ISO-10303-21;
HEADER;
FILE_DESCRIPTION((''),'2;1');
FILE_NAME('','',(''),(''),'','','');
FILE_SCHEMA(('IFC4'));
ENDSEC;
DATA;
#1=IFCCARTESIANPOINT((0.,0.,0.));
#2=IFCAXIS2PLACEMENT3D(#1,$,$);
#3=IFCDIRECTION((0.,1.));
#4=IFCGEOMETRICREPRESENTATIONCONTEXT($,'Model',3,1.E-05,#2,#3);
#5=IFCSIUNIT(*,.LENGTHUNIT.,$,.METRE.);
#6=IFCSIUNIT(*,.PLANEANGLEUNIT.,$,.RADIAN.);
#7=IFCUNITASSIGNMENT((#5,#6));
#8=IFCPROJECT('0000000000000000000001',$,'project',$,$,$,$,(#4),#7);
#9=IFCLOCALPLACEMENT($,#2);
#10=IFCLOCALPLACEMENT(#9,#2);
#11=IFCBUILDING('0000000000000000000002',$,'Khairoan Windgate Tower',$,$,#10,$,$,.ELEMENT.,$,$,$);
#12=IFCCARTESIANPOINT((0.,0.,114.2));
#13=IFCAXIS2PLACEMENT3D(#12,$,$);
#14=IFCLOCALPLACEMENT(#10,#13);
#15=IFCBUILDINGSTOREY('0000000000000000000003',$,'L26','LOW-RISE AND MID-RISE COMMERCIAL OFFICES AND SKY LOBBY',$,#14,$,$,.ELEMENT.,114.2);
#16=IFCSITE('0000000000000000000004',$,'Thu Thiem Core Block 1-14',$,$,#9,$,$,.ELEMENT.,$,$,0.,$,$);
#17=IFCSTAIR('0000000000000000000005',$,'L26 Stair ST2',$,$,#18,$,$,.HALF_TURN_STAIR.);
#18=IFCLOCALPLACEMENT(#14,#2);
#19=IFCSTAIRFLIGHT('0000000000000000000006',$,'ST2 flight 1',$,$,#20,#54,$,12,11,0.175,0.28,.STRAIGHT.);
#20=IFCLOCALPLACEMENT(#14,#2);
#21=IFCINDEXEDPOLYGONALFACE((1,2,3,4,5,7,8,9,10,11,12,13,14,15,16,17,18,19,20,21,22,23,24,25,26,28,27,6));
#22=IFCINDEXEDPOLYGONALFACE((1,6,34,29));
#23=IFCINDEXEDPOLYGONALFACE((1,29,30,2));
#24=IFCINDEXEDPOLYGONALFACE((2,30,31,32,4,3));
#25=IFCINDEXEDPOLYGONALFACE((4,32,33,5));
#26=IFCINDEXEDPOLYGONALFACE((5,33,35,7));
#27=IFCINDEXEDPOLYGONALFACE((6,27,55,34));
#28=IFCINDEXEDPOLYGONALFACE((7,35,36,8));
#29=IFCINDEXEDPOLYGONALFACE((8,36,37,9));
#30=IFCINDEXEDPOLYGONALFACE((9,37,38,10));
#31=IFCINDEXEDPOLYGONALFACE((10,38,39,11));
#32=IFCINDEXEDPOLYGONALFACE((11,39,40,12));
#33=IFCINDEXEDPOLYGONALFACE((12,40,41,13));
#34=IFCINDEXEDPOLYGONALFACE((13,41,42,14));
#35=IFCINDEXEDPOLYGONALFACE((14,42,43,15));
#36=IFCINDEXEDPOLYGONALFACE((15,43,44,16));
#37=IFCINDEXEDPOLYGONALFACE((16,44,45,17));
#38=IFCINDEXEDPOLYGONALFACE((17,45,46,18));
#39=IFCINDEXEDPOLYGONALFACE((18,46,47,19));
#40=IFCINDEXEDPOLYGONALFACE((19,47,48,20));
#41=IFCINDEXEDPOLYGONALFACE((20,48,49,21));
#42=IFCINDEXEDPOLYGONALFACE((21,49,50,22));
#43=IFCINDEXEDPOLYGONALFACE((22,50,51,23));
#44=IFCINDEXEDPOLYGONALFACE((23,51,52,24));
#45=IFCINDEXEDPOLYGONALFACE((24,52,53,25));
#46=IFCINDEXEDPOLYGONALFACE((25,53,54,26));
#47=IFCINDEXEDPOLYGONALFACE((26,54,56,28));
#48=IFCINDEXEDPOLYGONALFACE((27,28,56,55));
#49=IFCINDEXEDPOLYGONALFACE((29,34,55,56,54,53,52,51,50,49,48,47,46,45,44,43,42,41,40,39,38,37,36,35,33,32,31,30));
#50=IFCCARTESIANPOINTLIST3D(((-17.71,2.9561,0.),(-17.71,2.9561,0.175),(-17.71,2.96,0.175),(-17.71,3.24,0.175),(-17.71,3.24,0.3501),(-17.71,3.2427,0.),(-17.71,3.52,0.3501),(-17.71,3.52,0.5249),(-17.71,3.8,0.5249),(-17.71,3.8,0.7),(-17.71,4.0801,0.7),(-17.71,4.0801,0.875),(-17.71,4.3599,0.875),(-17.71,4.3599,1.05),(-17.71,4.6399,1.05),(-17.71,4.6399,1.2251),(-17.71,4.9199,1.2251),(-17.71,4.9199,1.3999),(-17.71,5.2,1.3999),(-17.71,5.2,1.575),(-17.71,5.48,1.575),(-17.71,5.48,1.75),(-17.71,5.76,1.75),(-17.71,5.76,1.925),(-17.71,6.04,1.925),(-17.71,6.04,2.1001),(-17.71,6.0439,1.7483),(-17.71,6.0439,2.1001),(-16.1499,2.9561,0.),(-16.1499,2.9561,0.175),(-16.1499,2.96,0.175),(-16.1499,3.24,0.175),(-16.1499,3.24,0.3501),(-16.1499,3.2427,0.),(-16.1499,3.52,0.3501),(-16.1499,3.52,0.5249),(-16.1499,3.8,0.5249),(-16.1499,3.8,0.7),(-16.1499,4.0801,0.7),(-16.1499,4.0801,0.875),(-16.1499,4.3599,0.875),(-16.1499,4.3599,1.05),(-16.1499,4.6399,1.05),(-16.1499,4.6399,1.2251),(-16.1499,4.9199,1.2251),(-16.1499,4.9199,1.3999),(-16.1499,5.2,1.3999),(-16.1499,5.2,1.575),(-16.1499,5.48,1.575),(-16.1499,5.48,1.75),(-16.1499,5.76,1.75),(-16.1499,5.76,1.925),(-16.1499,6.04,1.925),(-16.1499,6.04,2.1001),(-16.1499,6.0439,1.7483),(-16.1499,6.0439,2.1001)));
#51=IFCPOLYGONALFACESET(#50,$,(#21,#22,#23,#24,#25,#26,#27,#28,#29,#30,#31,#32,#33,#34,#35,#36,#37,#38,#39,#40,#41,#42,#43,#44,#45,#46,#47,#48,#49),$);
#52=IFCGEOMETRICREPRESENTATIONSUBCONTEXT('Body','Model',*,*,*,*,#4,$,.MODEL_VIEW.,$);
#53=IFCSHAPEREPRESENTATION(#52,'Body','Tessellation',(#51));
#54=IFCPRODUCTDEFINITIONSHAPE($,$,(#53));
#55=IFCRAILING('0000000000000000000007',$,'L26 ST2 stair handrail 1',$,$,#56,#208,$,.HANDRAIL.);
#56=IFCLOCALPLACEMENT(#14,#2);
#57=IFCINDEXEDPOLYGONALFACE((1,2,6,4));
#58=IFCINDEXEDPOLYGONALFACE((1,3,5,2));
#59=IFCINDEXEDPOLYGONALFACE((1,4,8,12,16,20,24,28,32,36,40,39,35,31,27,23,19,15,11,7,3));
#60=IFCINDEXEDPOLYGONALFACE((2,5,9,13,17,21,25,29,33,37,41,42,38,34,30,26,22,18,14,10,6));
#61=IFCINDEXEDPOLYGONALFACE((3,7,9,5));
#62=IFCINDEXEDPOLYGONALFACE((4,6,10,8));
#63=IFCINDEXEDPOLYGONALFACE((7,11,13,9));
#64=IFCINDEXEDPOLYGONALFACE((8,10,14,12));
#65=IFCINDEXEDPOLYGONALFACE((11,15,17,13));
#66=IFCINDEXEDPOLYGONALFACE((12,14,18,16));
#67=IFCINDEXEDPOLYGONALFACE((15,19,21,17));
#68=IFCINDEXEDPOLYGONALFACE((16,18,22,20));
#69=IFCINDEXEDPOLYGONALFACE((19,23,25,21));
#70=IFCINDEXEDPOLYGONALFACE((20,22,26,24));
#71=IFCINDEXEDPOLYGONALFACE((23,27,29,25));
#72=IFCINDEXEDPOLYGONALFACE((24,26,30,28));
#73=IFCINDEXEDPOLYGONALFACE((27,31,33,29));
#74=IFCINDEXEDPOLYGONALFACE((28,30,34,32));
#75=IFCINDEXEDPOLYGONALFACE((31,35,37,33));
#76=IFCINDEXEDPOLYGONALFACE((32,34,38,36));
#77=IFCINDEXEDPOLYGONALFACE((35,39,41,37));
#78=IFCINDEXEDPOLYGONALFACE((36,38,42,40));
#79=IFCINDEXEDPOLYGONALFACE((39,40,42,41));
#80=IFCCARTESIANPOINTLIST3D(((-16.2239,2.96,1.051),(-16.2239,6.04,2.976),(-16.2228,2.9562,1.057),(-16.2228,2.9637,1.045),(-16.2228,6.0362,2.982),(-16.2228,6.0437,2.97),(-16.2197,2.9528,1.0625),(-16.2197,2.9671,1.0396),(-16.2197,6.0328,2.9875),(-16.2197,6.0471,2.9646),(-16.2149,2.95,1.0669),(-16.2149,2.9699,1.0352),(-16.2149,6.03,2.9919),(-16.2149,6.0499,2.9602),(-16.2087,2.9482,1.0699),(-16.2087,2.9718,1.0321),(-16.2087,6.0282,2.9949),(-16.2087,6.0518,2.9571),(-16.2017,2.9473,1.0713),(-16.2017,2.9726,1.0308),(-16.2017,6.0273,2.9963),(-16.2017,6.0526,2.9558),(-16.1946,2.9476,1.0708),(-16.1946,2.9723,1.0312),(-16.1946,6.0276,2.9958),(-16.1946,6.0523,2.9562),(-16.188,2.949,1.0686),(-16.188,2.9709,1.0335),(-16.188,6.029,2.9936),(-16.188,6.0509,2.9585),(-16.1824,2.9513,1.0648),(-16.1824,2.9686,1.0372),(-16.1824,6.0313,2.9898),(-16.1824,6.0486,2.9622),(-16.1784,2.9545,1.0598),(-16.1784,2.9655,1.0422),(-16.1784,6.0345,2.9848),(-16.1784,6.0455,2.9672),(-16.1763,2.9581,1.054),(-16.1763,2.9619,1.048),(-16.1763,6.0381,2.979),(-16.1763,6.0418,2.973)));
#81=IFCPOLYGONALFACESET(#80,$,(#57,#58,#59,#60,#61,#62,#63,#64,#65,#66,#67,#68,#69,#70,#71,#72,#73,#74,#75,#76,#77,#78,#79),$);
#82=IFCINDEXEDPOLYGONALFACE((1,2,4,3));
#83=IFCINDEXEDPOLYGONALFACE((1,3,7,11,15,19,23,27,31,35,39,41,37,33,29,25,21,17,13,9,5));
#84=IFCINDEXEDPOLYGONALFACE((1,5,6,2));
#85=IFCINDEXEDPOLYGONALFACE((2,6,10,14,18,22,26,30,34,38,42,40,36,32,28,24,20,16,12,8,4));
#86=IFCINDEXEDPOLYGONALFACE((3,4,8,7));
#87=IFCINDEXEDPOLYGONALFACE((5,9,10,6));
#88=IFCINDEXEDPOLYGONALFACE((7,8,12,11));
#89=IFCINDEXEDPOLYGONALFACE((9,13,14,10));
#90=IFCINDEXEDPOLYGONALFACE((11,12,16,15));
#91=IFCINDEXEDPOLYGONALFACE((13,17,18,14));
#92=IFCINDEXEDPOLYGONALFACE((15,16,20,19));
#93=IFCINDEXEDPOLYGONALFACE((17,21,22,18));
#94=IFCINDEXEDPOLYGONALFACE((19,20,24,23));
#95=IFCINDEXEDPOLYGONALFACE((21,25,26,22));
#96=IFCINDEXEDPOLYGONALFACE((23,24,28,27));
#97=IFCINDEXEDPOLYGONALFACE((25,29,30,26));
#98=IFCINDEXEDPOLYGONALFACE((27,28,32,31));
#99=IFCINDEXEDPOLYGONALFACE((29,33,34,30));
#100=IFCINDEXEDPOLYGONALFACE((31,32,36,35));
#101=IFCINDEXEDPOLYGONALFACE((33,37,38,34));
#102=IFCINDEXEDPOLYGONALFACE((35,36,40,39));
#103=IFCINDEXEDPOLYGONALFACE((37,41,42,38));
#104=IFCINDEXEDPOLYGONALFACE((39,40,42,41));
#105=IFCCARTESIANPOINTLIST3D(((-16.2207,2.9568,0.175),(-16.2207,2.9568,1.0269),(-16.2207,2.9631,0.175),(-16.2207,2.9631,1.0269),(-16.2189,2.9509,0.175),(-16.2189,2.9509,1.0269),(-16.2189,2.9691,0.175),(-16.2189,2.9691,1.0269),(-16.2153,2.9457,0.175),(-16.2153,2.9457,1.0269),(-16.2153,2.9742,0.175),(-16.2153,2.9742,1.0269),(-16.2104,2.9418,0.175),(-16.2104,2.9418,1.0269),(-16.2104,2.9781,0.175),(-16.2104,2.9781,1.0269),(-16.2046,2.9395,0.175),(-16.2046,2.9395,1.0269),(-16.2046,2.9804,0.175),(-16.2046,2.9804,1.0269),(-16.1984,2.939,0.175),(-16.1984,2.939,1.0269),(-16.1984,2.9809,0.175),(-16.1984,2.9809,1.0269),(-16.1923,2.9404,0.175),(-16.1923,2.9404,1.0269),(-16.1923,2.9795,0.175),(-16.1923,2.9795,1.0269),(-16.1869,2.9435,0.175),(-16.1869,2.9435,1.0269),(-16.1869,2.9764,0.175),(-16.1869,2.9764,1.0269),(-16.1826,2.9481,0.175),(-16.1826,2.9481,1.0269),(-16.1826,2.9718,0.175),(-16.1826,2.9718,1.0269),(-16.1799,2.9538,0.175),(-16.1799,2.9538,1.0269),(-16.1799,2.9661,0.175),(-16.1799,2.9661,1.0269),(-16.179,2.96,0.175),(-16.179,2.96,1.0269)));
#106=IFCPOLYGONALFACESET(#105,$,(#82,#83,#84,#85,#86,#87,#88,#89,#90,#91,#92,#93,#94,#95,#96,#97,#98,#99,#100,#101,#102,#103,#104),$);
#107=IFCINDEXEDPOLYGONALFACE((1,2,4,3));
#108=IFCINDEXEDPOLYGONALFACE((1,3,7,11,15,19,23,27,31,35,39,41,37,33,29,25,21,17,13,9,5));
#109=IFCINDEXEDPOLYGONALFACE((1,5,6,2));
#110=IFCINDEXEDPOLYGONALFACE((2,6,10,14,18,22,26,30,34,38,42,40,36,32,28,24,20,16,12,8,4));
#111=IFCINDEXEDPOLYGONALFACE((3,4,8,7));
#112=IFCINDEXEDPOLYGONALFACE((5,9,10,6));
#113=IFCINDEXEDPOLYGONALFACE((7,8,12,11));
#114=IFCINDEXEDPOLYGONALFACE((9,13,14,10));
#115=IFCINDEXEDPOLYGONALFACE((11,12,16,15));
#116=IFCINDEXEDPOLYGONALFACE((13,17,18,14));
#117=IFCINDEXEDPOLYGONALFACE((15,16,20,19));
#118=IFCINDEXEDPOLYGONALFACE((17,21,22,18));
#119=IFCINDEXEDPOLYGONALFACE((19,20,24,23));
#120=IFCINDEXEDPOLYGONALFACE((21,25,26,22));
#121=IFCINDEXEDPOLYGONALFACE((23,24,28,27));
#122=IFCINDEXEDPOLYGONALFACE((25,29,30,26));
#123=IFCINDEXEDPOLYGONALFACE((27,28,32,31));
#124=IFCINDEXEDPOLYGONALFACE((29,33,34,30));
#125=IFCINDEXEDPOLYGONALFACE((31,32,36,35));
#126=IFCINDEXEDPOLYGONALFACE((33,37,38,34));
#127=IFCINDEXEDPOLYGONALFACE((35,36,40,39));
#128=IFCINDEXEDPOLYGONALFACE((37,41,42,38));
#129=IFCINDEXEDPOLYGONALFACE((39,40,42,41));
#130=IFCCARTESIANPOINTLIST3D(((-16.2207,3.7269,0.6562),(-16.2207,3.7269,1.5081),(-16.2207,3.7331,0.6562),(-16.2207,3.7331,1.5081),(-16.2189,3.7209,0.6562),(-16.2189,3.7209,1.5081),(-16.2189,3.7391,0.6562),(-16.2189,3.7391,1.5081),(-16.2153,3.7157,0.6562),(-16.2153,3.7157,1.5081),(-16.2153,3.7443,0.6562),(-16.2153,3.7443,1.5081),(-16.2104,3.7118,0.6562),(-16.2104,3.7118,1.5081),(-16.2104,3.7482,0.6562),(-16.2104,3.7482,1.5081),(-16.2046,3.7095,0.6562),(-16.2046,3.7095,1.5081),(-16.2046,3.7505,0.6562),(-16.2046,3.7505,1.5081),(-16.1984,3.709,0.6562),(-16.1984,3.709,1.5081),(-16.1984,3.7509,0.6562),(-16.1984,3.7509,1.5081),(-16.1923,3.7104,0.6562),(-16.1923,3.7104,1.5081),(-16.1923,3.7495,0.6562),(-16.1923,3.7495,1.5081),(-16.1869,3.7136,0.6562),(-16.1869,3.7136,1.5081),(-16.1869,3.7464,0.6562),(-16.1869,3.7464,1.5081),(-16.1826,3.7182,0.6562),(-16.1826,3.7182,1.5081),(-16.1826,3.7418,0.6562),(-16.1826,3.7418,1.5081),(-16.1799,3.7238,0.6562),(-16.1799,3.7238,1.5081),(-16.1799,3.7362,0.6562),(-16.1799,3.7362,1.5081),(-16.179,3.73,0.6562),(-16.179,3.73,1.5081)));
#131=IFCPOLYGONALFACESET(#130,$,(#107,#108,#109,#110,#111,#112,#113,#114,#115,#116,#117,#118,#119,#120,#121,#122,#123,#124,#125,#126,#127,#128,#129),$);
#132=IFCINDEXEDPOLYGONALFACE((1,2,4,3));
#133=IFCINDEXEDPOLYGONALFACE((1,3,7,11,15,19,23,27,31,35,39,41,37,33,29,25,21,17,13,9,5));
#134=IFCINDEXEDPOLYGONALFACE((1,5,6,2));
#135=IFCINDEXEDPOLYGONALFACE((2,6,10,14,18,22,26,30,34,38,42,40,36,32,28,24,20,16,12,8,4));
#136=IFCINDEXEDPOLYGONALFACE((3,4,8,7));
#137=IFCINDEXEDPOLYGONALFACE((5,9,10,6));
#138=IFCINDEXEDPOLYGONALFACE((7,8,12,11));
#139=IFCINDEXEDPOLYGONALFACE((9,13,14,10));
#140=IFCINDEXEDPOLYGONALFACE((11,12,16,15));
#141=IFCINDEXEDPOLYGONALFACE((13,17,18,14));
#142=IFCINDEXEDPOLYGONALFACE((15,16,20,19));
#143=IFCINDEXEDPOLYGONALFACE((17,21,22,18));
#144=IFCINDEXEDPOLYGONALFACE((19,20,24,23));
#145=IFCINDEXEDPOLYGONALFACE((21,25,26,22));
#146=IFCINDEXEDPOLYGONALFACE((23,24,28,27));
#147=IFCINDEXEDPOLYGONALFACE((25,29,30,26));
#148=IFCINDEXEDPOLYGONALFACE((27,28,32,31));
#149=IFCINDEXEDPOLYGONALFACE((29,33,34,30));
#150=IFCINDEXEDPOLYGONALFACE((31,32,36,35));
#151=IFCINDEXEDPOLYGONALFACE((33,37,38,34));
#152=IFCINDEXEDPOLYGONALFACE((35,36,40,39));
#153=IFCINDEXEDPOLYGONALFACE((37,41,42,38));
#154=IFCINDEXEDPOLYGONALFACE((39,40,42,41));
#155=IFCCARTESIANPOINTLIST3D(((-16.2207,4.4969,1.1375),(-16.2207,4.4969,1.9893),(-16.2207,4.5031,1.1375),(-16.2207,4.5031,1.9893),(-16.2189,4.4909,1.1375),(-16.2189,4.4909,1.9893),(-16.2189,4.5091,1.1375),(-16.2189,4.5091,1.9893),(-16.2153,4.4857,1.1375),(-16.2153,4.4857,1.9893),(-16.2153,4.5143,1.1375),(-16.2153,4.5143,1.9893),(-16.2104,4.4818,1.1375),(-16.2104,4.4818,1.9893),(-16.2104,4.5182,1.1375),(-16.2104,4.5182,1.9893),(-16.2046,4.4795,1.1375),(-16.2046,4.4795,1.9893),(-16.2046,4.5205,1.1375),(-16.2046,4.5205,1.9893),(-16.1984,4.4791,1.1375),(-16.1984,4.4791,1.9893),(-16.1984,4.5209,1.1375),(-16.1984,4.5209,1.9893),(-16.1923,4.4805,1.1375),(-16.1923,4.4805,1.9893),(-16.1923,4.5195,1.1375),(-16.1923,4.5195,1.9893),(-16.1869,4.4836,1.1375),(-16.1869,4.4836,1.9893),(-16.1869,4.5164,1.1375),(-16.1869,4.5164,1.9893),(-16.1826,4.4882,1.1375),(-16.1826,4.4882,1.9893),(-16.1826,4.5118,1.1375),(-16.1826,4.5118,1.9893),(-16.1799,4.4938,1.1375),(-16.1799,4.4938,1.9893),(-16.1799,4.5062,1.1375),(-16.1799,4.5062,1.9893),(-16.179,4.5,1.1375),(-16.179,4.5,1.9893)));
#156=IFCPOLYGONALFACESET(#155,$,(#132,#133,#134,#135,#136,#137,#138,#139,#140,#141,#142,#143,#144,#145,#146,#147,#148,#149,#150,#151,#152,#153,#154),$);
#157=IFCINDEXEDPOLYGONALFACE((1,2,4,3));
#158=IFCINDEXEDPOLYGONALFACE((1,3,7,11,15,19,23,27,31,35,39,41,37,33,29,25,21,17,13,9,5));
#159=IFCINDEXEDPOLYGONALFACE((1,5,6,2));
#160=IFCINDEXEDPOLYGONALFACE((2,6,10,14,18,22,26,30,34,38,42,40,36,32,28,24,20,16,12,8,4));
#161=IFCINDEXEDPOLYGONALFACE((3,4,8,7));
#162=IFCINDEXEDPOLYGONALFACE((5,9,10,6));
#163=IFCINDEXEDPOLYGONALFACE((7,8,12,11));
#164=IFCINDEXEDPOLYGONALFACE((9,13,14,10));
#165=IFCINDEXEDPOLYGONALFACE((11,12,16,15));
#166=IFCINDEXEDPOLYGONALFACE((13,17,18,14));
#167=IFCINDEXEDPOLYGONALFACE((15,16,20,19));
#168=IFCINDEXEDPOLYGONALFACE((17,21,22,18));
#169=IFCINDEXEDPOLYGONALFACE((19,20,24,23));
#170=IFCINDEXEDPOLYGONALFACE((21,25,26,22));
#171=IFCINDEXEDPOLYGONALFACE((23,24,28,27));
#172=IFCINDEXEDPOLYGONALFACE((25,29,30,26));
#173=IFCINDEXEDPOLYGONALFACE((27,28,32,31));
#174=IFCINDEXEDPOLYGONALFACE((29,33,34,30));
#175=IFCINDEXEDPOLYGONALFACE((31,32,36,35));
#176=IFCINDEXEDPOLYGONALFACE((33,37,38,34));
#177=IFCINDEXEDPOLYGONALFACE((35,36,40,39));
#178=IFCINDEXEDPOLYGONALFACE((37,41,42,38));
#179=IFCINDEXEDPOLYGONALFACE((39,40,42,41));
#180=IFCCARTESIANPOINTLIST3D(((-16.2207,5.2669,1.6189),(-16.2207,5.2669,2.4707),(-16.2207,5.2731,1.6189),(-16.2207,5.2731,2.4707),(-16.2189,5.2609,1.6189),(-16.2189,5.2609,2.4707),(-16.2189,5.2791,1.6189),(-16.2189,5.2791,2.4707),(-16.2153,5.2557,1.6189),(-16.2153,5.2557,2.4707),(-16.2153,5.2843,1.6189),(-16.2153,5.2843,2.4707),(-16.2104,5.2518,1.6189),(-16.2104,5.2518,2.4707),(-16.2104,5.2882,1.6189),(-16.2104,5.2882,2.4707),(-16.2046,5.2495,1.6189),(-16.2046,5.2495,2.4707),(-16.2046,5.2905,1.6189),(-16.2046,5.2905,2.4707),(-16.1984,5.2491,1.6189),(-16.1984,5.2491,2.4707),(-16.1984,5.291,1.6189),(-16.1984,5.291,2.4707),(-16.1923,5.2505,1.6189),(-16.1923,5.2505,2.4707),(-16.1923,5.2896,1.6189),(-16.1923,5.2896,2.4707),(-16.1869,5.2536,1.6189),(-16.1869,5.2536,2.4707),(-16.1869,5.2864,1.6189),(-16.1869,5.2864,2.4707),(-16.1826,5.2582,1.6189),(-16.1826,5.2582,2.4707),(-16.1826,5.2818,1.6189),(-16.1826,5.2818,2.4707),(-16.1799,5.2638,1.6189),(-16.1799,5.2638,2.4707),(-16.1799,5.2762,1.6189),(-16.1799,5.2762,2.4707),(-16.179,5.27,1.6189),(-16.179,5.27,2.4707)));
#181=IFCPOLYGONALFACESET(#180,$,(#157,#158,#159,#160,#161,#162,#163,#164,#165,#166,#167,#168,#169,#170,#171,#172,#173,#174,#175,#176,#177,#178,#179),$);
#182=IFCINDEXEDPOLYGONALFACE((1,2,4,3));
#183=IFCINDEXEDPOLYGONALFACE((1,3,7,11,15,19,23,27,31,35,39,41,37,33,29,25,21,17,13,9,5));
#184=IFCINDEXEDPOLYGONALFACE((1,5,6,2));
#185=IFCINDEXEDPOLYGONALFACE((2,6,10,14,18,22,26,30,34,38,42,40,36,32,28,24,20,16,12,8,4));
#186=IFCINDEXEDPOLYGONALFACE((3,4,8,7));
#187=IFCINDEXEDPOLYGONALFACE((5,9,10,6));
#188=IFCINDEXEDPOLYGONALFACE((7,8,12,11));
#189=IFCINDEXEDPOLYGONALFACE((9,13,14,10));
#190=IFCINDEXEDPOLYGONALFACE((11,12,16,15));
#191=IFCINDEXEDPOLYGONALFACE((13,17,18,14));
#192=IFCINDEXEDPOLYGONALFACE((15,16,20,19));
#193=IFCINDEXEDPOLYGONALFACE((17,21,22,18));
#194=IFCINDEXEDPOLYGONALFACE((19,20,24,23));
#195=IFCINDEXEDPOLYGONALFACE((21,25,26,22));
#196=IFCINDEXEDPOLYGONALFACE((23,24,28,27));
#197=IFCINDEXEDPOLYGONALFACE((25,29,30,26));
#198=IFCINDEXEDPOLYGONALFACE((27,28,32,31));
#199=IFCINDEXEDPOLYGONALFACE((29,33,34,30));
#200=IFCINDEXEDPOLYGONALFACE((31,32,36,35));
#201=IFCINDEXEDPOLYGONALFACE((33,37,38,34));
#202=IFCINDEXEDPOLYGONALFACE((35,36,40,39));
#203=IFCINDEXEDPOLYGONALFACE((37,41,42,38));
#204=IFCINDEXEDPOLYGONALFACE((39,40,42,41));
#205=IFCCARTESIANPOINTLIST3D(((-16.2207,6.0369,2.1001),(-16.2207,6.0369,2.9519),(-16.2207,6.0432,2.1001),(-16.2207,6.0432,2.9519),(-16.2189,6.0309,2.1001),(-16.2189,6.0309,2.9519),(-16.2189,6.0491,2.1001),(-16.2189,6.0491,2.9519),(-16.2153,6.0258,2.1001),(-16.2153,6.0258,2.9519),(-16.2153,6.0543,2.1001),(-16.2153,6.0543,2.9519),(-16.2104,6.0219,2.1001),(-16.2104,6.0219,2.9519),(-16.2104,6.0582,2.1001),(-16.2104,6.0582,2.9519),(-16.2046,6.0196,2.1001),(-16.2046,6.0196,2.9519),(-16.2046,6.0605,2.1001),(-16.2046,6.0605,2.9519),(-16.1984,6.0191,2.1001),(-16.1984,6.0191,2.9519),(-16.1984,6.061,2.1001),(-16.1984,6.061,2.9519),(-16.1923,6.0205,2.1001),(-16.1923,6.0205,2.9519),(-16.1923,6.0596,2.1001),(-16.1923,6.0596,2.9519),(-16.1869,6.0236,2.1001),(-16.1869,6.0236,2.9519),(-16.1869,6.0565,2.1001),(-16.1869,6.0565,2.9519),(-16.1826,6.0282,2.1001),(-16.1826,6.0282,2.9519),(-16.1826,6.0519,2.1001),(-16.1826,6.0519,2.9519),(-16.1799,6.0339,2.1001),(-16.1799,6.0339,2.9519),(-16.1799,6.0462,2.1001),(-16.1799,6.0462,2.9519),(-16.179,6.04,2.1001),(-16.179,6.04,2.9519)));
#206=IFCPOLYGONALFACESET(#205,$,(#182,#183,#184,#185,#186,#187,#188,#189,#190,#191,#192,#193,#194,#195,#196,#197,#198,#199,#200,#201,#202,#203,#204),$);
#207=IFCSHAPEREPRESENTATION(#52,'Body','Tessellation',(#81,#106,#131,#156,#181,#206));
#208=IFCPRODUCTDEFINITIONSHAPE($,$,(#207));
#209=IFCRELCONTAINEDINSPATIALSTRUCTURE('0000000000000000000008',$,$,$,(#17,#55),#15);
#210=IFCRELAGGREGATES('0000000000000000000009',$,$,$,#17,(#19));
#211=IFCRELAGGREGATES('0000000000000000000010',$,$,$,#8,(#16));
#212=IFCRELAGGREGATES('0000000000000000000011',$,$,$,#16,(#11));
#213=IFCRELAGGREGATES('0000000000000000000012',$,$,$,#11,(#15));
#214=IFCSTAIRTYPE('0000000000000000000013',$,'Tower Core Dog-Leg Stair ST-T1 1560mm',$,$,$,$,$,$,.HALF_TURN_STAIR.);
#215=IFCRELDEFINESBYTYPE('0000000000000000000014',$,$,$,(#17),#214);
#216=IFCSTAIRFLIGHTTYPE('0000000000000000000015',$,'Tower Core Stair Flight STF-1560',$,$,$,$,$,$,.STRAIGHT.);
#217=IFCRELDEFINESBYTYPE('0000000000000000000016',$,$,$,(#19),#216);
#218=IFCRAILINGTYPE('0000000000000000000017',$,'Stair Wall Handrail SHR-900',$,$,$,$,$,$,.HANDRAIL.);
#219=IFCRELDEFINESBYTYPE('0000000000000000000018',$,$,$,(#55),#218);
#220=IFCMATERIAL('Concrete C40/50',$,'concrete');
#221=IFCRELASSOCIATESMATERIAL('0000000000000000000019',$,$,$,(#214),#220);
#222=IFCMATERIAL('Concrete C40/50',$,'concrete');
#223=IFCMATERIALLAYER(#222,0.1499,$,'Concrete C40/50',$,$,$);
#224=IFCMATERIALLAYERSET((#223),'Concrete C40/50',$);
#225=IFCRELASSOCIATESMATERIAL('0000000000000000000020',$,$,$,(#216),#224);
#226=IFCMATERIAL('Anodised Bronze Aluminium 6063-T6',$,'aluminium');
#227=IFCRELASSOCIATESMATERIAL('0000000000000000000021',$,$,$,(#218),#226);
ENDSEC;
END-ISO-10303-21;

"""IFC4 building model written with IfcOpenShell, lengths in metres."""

from ifc_helpers import new_model, si_unit, direction, frame, origin, origin_2d, place, context, subcontext, project, spatial, polyline, circle, outline, extrude, material, layer, layer_set, type_object, element, aggregate, save


model = new_model("IFC4")

# Units and contexts
model_context = context("Model", 3, precision=1e-05, world=origin(), true_north=direction((0.0, 1.0)))
body_context = subcontext(model_context, "Body", "Model", "MODEL_VIEW")
ifc_project = project(units=[si_unit("LENGTHUNIT", "METRE"), si_unit("PLANEANGLEUNIT", "RADIAN")], contexts=[model_context])

# Site, building, storey
site_placement = place(None, origin())
site = spatial("IfcSite", under=ifc_project, at=site_placement, Name="Thu Thiem Core Block 1-14", CompositionType="ELEMENT", RefElevation=0.0)
building_placement = place(site_placement, origin())
building = spatial("IfcBuilding", under=site, at=building_placement, Name="Khairoan Windgate Tower", CompositionType="ELEMENT")
storey_placement = place(building_placement, frame((0.0, 0.0, 114.2)))
storey = spatial("IfcBuildingStorey", under=building, at=storey_placement, Name="L26", Description="LOW-RISE AND MID-RISE COMMERCIAL OFFICES AND SKY LOBBY", CompositionType="ELEMENT", Elevation=114.2)

# Stair, stair flight
ifc_material_1 = material(Name="Concrete C40/50", Category="concrete")
stair_type = type_object("IfcStairType", Name="Tower Core Dog-Leg Stair ST-T1 1560mm", PredefinedType="HALF_TURN_STAIR", material=ifc_material_1)
stair_placement = place(storey_placement, origin())
stair = element("IfcStair", 1, at=stair_placement, inside=storey, type_object=stair_type, Name="L26 Stair ST2", PredefinedType="HALF_TURN_STAIR")
ifc_material_2 = material(Name="Concrete C40/50", Category="concrete")
ifc_layer_1 = layer(ifc_material_2, 0.1499, Name="Concrete C40/50")
ifc_layer_set_1 = layer_set([ifc_layer_1], Name="Concrete C40/50")
stair_flight_type = type_object("IfcStairFlightType", Name="Tower Core Stair Flight STF-1560", PredefinedType="STRAIGHT", material=ifc_layer_set_1)
stair_flight_placement = place(storey_placement, frame((-16.9299, 2.96, 0.0), z_axis=(0.0, 0.0, 1.0), x_axis=(0.0, 1.0, 0.0)))
stair_flight = element("IfcStairFlight", 2, at=stair_flight_placement, type_object=stair_flight_type, Name="ST2 flight 1", NumberOfRisers=12, NumberOfTreads=11, PredefinedType="STRAIGHT", RiserHeight=0.175, TreadLength=0.28, context=body_context, shape_type="SweptSolid", body=[
    extrude(outline(polyline([(-0.0039, 0.0), (-0.0039, 0.175), (0.0, 0.175), (0.28, 0.175), (0.28, 0.3501), (0.5601, 0.3501), (0.5601, 0.5249), (0.8401, 0.5249), (0.8401, 0.7), (1.1201, 0.7), (1.1201, 0.875), (1.3999, 0.875), (1.3999, 1.05), (1.6799, 1.05), (1.6799, 1.2251), (1.96, 1.2251), (1.96, 1.3999), (2.24, 1.3999), (2.24, 1.575), (2.52, 1.575), (2.52, 1.75), (2.8, 1.75), (2.8, 1.925), (3.0801, 1.925), (3.0801, 2.1001), (3.084, 2.1001), (3.084, 1.7483), (0.2827, 0.0), (-0.0039, 0.0)])), frame((0.0, 0.78, 0.0), z_axis=(0.0, -1.0, 0.0), x_axis=(1.0, 0.0, 0.0)), (0.0, 0.0, 1.0), 1.5601),
])
aggregate(stair, [stair_flight])

# Railing
ifc_material_3 = material(Name="Anodised Bronze Aluminium 6063-T6", Category="aluminium")
railing_type_1 = type_object("IfcRailingType", Name="Stair Wall Handrail SHR-900", PredefinedType="HANDRAIL", material=ifc_material_3)
railing_1_placement = place(storey_placement, frame((-16.2, 2.96, 0.175)))
element("IfcRailing", 3, at=railing_1_placement, inside=storey, type_object=railing_type_1, Name="L26 ST2 stair handrail 1", PredefinedType="HANDRAIL", context=body_context, shape_type="SweptSolid", body=[
    extrude(circle(Radius=0.0239, at=origin_2d()), frame((0.0, 0.0, 0.876), z_axis=(0.0, 0.847998, 0.529999), x_axis=(-1.0, 0.0, 0.0)), (0.0, 0.0, 1.0), 3.6321),
    extrude(circle(Radius=0.021, at=origin_2d()), origin(), (0.0, 0.0, 1.0), 0.8518),
    extrude(circle(Radius=0.021, at=origin_2d()), frame((0.0, 0.77, 0.4812)), (0.0, 0.0, 1.0), 0.8518),
    extrude(circle(Radius=0.021, at=origin_2d()), frame((0.0, 1.54, 0.9624)), (0.0, 0.0, 1.0), 0.8518),
    extrude(circle(Radius=0.021, at=origin_2d()), frame((0.0, 2.3101, 1.4438)), (0.0, 0.0, 1.0), 0.8518),
    extrude(circle(Radius=0.021, at=origin_2d()), frame((0.0, 3.0801, 1.925)), (0.0, 0.0, 1.0), 0.8518),
])

save(model, "model.ifc")
